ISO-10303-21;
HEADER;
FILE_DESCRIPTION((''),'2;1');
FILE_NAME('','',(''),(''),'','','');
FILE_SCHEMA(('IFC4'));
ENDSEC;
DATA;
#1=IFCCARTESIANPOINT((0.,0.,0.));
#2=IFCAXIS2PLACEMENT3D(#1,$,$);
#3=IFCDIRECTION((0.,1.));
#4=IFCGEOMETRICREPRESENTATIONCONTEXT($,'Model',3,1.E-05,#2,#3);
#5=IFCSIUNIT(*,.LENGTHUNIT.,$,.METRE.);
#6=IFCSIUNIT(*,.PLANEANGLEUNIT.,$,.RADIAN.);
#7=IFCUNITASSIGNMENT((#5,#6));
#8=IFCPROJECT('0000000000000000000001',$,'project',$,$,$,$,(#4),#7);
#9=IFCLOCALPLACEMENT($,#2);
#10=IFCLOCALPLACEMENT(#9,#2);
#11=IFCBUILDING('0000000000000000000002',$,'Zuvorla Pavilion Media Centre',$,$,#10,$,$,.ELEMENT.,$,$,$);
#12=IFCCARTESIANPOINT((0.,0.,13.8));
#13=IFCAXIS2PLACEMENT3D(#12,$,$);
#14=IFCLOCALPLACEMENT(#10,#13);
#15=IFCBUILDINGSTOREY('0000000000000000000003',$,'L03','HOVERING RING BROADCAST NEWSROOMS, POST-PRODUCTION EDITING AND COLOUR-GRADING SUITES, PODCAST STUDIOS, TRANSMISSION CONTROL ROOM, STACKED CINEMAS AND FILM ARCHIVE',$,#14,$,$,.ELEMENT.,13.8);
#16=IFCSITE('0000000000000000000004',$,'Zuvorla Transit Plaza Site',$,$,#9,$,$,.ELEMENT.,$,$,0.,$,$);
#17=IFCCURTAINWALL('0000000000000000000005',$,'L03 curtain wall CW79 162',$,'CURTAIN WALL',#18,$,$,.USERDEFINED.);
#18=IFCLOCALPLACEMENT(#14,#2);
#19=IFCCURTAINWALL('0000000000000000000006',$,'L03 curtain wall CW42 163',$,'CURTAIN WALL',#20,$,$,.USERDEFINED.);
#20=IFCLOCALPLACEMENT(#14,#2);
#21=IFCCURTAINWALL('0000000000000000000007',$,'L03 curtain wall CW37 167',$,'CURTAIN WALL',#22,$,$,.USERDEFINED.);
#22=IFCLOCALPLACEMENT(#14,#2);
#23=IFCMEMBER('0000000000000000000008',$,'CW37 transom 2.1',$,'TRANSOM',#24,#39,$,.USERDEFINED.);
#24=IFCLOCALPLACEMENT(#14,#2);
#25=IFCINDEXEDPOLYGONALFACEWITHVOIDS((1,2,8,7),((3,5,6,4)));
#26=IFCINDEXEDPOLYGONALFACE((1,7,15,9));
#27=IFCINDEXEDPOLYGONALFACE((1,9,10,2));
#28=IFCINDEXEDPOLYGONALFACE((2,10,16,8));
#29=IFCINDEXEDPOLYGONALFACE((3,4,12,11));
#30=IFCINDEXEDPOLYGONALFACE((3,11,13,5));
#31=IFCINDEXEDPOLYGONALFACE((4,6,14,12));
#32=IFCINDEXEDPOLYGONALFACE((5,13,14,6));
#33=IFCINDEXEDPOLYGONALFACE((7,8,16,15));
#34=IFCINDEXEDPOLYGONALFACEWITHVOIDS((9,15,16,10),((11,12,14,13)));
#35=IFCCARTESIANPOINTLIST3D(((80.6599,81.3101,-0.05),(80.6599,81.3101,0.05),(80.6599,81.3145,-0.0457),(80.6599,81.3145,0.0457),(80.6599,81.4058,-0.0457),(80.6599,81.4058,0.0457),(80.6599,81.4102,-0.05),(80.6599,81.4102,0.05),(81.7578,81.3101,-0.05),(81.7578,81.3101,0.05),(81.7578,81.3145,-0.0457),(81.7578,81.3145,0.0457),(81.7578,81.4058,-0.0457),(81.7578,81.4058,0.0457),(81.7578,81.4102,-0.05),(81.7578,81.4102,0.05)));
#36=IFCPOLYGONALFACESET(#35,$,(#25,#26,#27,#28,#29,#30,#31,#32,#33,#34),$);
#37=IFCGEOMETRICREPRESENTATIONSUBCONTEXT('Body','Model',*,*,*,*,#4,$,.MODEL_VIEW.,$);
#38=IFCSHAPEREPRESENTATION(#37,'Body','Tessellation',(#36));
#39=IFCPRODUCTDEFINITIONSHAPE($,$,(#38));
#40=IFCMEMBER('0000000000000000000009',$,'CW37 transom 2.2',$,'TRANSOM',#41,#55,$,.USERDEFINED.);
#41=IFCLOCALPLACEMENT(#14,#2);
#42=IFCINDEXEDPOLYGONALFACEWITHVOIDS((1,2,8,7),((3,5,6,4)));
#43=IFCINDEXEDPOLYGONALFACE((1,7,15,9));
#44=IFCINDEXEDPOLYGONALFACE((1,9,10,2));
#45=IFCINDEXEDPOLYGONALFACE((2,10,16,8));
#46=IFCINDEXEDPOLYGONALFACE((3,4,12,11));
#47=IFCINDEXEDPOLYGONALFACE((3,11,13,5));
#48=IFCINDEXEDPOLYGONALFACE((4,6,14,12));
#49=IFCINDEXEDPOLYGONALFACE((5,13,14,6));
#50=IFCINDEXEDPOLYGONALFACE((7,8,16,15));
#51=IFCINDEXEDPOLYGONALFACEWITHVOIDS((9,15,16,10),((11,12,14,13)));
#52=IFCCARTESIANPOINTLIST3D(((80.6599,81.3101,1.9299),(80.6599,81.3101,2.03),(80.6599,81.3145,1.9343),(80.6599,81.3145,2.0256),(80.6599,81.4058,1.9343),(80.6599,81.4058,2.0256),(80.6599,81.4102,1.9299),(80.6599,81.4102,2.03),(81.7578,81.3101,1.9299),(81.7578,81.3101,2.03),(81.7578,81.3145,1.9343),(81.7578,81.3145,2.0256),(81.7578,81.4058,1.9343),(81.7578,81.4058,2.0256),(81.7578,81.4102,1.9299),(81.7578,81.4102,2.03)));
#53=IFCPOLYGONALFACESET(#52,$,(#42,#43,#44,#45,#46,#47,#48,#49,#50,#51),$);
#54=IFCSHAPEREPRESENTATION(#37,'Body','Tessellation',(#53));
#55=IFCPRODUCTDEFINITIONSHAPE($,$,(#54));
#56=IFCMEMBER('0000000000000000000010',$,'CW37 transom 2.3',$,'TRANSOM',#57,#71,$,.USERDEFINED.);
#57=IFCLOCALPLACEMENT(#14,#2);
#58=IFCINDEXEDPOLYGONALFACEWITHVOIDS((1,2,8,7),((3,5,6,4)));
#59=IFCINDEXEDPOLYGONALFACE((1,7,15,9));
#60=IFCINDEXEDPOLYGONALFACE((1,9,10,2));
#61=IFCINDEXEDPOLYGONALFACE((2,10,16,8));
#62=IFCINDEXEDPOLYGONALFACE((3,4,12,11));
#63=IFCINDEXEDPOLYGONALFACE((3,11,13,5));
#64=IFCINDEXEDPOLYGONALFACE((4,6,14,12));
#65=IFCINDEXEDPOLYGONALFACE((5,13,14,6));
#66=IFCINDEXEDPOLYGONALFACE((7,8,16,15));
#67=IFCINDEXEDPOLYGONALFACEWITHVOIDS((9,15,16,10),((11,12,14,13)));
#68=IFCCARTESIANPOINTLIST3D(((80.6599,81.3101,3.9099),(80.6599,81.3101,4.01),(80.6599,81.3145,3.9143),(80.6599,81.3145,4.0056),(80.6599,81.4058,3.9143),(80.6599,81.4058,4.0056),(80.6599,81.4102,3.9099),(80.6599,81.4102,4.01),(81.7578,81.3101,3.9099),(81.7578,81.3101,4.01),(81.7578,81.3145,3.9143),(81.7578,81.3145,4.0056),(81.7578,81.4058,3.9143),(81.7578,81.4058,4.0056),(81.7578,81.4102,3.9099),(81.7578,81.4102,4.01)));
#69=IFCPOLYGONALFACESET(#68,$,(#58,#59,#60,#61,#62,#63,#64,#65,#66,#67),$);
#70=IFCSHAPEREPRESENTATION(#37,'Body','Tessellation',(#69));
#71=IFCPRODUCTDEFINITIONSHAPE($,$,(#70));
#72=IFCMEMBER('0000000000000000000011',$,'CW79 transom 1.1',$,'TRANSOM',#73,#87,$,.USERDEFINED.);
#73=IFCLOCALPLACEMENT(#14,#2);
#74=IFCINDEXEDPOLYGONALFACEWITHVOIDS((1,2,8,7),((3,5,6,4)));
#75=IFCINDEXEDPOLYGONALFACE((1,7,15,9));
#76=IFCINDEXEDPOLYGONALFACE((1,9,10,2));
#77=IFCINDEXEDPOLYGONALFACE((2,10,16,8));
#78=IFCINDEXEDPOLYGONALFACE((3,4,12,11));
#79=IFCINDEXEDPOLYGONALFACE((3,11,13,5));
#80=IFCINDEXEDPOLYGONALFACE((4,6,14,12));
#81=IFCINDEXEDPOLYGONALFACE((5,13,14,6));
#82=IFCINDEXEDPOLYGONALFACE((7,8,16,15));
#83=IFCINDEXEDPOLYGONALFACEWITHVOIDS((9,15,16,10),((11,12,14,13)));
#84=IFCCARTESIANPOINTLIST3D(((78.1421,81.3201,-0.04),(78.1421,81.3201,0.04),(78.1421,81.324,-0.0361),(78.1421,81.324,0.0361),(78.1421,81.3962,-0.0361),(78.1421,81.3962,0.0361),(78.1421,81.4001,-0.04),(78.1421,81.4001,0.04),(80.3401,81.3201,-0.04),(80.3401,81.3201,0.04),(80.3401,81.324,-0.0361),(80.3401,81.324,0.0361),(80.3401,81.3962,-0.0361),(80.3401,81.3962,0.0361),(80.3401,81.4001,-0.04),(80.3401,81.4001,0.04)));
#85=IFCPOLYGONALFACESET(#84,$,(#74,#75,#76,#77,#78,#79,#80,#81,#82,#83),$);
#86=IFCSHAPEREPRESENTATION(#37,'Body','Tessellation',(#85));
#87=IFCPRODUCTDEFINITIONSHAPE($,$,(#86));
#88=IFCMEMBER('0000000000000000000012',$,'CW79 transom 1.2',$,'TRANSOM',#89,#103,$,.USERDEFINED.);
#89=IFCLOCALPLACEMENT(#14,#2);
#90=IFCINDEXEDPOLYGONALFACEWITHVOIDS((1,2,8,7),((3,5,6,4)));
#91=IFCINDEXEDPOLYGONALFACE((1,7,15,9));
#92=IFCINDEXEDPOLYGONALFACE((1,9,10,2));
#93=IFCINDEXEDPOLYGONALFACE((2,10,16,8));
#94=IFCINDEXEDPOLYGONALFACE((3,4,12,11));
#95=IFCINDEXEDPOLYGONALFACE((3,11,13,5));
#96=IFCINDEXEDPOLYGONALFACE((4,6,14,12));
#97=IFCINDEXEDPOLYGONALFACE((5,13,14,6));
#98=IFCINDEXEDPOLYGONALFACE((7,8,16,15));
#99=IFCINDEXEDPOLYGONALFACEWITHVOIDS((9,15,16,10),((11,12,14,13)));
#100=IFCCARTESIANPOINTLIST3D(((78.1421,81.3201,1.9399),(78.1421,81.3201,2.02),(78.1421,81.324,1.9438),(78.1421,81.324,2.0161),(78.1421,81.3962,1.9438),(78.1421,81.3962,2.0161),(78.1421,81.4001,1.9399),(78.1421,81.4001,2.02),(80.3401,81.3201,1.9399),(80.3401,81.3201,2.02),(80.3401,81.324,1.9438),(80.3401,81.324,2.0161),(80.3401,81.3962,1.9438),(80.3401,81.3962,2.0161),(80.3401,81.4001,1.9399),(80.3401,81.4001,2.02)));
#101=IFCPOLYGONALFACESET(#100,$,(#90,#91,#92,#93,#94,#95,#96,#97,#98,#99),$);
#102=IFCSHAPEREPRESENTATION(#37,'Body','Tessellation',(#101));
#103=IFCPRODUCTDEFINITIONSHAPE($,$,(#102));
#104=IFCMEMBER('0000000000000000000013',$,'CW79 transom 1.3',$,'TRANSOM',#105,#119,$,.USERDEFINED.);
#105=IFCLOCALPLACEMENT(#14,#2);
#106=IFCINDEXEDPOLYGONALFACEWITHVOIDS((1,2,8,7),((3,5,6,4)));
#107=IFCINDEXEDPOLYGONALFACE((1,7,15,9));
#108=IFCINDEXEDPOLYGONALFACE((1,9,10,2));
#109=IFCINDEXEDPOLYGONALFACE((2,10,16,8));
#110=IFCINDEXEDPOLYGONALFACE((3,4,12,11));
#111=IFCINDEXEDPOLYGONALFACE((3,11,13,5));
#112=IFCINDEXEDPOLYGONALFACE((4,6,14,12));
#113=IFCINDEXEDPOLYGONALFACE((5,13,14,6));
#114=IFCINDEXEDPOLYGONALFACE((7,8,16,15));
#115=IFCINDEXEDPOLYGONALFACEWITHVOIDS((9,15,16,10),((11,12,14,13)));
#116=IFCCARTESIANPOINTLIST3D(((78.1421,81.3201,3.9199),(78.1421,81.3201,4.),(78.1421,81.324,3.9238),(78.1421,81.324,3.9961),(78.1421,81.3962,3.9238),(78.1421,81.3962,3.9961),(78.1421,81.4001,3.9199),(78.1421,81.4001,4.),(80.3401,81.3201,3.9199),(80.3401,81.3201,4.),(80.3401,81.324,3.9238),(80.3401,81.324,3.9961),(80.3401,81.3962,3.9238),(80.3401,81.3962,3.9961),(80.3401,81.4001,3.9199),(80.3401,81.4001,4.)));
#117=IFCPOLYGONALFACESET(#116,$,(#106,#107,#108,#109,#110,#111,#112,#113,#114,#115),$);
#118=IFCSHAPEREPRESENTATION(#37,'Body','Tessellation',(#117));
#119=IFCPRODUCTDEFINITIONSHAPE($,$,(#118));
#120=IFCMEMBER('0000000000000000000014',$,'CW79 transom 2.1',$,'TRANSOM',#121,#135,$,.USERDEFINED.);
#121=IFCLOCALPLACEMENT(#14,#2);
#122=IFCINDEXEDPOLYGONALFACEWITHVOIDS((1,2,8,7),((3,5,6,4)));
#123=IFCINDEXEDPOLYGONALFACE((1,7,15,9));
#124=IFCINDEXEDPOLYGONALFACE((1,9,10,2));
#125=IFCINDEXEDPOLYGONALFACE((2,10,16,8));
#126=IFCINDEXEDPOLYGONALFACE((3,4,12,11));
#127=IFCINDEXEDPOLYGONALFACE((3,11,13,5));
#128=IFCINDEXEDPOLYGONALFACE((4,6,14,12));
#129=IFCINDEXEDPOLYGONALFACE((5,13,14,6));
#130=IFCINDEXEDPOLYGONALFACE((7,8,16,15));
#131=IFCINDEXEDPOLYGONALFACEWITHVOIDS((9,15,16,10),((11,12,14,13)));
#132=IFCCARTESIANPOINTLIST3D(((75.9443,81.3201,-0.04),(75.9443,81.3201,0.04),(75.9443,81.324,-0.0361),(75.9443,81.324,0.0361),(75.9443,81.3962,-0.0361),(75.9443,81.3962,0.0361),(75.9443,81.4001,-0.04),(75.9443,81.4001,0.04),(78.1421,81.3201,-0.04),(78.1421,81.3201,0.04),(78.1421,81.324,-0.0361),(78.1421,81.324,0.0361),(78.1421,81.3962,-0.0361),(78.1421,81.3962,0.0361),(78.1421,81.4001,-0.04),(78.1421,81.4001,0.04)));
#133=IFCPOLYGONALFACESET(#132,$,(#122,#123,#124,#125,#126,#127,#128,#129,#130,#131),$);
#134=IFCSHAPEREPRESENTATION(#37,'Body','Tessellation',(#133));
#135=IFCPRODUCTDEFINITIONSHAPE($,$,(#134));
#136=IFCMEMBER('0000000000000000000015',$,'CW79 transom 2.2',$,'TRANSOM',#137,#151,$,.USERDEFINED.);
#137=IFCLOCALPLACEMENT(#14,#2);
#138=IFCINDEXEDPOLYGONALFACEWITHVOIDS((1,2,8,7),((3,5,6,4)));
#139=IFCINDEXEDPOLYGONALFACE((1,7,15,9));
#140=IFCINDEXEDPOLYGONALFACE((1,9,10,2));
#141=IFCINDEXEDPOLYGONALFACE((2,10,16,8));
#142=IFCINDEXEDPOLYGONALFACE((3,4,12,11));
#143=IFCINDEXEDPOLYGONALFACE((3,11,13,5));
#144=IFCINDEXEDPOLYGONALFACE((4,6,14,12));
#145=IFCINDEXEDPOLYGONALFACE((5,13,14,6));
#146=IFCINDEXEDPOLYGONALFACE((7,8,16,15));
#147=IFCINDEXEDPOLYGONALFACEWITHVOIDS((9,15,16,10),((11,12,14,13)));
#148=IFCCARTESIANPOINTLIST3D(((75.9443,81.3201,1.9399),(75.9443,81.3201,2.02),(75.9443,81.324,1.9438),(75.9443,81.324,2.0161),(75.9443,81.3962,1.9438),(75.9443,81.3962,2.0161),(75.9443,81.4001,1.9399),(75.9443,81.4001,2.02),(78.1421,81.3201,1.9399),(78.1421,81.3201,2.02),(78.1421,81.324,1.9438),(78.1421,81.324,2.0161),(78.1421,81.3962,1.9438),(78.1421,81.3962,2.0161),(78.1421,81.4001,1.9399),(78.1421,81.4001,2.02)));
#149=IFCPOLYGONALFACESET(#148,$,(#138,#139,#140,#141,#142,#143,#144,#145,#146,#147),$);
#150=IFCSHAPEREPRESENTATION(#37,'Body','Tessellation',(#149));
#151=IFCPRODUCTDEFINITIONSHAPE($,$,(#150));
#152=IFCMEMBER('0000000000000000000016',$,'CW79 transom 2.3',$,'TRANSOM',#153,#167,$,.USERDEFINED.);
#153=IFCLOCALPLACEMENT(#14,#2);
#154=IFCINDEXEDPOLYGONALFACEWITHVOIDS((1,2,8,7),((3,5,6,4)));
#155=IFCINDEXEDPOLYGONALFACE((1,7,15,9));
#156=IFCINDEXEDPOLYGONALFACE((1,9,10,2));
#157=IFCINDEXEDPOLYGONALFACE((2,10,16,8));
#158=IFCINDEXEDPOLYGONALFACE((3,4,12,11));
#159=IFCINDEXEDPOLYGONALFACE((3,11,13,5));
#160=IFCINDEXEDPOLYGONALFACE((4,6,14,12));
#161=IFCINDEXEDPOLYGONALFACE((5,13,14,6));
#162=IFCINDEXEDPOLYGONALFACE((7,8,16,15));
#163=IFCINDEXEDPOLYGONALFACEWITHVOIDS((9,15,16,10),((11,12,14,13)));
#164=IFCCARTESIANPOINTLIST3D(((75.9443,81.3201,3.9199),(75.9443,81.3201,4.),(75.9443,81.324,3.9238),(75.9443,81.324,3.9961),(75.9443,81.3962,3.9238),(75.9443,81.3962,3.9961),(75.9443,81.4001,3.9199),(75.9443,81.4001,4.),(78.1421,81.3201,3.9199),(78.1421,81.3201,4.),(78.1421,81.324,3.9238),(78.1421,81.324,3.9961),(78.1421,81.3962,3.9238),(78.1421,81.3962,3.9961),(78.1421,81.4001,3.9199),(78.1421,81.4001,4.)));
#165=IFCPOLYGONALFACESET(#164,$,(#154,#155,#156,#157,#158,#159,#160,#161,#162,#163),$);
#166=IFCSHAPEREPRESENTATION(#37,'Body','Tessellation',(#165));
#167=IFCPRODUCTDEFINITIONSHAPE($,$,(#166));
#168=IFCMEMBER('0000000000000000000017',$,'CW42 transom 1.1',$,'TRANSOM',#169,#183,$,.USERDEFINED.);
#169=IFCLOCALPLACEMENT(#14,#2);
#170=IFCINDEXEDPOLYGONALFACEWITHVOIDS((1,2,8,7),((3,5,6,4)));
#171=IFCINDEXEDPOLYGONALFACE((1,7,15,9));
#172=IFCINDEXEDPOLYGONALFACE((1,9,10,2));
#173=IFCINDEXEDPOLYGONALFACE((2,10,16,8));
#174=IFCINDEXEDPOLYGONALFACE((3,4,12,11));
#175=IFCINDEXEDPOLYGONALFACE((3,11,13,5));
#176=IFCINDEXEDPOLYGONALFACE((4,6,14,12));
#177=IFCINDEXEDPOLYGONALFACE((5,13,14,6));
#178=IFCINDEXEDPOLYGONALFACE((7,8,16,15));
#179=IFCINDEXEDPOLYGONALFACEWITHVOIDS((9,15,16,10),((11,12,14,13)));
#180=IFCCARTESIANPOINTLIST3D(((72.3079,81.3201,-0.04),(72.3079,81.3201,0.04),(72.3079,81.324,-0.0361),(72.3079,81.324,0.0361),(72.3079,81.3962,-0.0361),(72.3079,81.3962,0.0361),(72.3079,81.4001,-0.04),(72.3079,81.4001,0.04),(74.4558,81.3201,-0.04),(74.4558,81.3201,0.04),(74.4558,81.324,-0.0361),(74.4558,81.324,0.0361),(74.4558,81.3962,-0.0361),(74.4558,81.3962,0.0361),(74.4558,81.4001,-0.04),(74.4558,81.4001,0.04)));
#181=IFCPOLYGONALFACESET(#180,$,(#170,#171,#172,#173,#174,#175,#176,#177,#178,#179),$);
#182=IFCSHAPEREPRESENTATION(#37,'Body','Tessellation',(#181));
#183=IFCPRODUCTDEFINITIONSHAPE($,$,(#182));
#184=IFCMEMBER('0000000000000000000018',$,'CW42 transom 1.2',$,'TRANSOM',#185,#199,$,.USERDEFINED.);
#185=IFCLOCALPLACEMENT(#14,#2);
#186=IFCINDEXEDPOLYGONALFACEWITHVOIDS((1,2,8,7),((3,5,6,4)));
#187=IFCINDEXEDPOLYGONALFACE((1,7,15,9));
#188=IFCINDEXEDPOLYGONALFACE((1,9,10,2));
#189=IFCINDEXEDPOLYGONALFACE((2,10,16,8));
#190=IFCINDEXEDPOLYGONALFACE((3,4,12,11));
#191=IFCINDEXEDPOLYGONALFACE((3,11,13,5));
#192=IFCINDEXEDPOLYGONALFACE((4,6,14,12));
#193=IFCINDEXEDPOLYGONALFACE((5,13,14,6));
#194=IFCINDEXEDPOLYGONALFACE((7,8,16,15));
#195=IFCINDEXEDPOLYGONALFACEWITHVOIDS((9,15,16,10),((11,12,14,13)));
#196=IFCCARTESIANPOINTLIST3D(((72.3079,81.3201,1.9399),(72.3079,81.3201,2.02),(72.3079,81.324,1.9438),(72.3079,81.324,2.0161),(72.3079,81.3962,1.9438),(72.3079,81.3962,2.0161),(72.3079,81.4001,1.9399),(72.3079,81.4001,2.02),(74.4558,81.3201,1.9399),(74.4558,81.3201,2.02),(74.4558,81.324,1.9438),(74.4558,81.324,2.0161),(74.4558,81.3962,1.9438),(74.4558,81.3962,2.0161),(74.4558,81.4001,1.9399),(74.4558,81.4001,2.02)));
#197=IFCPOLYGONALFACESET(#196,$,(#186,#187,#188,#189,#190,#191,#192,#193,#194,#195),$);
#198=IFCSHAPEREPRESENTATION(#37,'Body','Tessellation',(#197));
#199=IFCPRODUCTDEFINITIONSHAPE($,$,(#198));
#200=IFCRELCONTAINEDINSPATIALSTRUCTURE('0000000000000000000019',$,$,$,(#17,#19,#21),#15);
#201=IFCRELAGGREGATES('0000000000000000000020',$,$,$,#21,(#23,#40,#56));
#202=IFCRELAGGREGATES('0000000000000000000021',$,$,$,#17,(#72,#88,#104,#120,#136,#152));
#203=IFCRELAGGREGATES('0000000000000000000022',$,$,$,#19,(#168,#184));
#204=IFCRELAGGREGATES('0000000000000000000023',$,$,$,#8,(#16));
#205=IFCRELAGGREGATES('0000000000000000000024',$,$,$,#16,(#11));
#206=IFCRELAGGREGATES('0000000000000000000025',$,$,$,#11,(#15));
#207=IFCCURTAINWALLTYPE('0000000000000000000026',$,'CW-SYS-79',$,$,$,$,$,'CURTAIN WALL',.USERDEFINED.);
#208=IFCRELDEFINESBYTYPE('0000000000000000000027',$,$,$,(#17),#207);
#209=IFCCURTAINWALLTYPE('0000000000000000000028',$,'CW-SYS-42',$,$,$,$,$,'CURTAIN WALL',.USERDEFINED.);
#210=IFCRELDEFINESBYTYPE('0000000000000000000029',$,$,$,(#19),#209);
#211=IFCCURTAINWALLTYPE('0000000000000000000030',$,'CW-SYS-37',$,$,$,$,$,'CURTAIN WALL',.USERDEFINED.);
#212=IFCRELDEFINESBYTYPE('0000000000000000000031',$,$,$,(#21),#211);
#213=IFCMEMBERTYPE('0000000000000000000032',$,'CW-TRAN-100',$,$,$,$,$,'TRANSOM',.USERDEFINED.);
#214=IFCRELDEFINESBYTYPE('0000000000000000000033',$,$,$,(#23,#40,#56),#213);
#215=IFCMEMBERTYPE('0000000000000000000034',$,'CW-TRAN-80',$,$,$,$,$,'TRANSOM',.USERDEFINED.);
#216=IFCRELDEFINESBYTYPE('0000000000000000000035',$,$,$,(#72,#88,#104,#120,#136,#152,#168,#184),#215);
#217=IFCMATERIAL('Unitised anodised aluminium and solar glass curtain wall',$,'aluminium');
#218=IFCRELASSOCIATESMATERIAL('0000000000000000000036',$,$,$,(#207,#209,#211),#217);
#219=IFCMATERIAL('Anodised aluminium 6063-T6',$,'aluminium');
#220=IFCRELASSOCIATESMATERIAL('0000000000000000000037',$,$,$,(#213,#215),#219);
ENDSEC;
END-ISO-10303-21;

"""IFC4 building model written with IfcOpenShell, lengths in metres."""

from ifc_helpers import new_model, si_unit, direction, frame, origin, origin_2d, place, context, subcontext, project, spatial, hollow_rectangle, extrude, material, material_profile, profile_set, type_object, element, aggregate, save


model = new_model("IFC4")

# Units and contexts
model_context = context("Model", 3, precision=1e-05, world=origin(), true_north=direction((0.0, 1.0)))
body_context = subcontext(model_context, "Body", "Model", "MODEL_VIEW")
ifc_project = project(units=[si_unit("LENGTHUNIT", "METRE"), si_unit("PLANEANGLEUNIT", "RADIAN")], contexts=[model_context])

# Site, building, storey
site_placement = place(None, origin())
site = spatial("IfcSite", under=ifc_project, at=site_placement, Name="Zuvorla Transit Plaza Site", CompositionType="ELEMENT", RefElevation=0.0)
building_placement = place(site_placement, origin())
building = spatial("IfcBuilding", under=site, at=building_placement, Name="Zuvorla Pavilion Media Centre", CompositionType="ELEMENT")
storey_placement = place(building_placement, frame((0.0, 0.0, 13.8)))
storey = spatial("IfcBuildingStorey", under=building, at=storey_placement, Name="L03", Description="HOVERING RING BROADCAST NEWSROOMS, POST-PRODUCTION EDITING AND COLOUR-GRADING SUITES, PODCAST STUDIOS, TRANSMISSION CONTROL ROOM, STACKED CINEMAS AND FILM ARCHIVE", CompositionType="ELEMENT", Elevation=13.8)

# Curtain walls
ifc_material_1 = material(Name="Unitised anodised aluminium and solar glass curtain wall", Category="aluminium")
curtain_wall_type_1 = type_object("IfcCurtainWallType", Name="CW-SYS-79", ElementType="CURTAIN WALL", PredefinedType="USERDEFINED", material=ifc_material_1)
curtain_wall_1_placement = place(storey_placement, origin())
curtain_wall_1 = element("IfcCurtainWall", 1, at=curtain_wall_1_placement, inside=storey, type_object=curtain_wall_type_1, Name="L03 curtain wall CW79 162", ObjectType="CURTAIN WALL", PredefinedType="USERDEFINED")
ifc_material_2 = material(Name="Anodised aluminium 6063-T6", Category="aluminium")
curtain_wall_type_2 = type_object("IfcCurtainWallType", Name="CW-SYS-42", ElementType="CURTAIN WALL", PredefinedType="USERDEFINED", material=ifc_material_1)
curtain_wall_2_placement = place(storey_placement, origin())
curtain_wall_2 = element("IfcCurtainWall", 2, at=curtain_wall_2_placement, inside=storey, type_object=curtain_wall_type_2, Name="L03 curtain wall CW42 163", ObjectType="CURTAIN WALL", PredefinedType="USERDEFINED")
curtain_wall_type_3 = type_object("IfcCurtainWallType", Name="CW-SYS-37", ElementType="CURTAIN WALL", PredefinedType="USERDEFINED", material=ifc_material_1)
curtain_wall_3_placement = place(storey_placement, origin())
curtain_wall_3 = element("IfcCurtainWall", 3, at=curtain_wall_3_placement, inside=storey, type_object=curtain_wall_type_3, Name="L03 curtain wall CW37 167", ObjectType="CURTAIN WALL", PredefinedType="USERDEFINED")
ifc_material_profile_1 = material_profile(ifc_material_2, hollow_rectangle(XDim=0.1001, YDim=0.1001, WallThickness=0.0044, at=origin_2d()), Name="ALU TRAN 100x100")
ifc_profile_set_1 = profile_set([ifc_material_profile_1], Name="Anodised aluminium 6063-T6")
member_type_1 = type_object("IfcMemberType", Name="CW-TRAN-100", ElementType="TRANSOM", PredefinedType="USERDEFINED", material=ifc_profile_set_1)

# Members
member_1_placement = place(storey_placement, frame((81.7578, 81.3601, 0.0), z_axis=(-1.0, 0.0, 0.0), x_axis=(0.0, -1.0, 0.0)))
member_1 = element("IfcMember", 4, at=member_1_placement, type_object=member_type_1, Name="CW37 transom 2.1", ObjectType="TRANSOM", PredefinedType="USERDEFINED", context=body_context, shape_type="SweptSolid", body=[
    extrude(hollow_rectangle(XDim=0.1001, YDim=0.1001, WallThickness=0.0044, at=origin_2d()), origin(), (0.0, 0.0, 1.0), 1.0979),
])
member_2_placement = place(storey_placement, frame((81.7578, 81.3601, 1.98), z_axis=(-1.0, 0.0, 0.0), x_axis=(0.0, -1.0, 0.0)))
member_2 = element("IfcMember", 5, at=member_2_placement, type_object=member_type_1, Name="CW37 transom 2.2", ObjectType="TRANSOM", PredefinedType="USERDEFINED", context=body_context, shape_type="SweptSolid", body=[
    extrude(hollow_rectangle(XDim=0.1001, YDim=0.1001, WallThickness=0.0044, at=origin_2d()), origin(), (0.0, 0.0, 1.0), 1.0979),
])
member_3_placement = place(storey_placement, frame((81.7578, 81.3601, 3.96), z_axis=(-1.0, 0.0, 0.0), x_axis=(0.0, -1.0, 0.0)))
member_3 = element("IfcMember", 6, at=member_3_placement, type_object=member_type_1, Name="CW37 transom 2.3", ObjectType="TRANSOM", PredefinedType="USERDEFINED", context=body_context, shape_type="SweptSolid", body=[
    extrude(hollow_rectangle(XDim=0.1001, YDim=0.1001, WallThickness=0.0044, at=origin_2d()), origin(), (0.0, 0.0, 1.0), 1.0979),
])
ifc_material_profile_2 = material_profile(ifc_material_2, hollow_rectangle(XDim=0.0801, YDim=0.0801, WallThickness=0.0039, at=origin_2d()), Name="ALU TRAN 80x80")
ifc_profile_set_2 = profile_set([ifc_material_profile_2], Name="Anodised aluminium 6063-T6")
member_type_2 = type_object("IfcMemberType", Name="CW-TRAN-80", ElementType="TRANSOM", PredefinedType="USERDEFINED", material=ifc_profile_set_2)
member_4_placement = place(storey_placement, frame((80.3401, 81.3601, 0.0), z_axis=(-1.0, 0.0, 0.0), x_axis=(0.0, -1.0, 0.0)))
member_4 = element("IfcMember", 7, at=member_4_placement, type_object=member_type_2, Name="CW79 transom 1.1", ObjectType="TRANSOM", PredefinedType="USERDEFINED", context=body_context, shape_type="SweptSolid", body=[
    extrude(hollow_rectangle(XDim=0.0801, YDim=0.0801, WallThickness=0.0039, at=origin_2d()), origin(), (0.0, 0.0, 1.0), 2.198),
])
member_5_placement = place(storey_placement, frame((80.3401, 81.3601, 1.98), z_axis=(-1.0, 0.0, 0.0), x_axis=(0.0, -1.0, 0.0)))
member_5 = element("IfcMember", 8, at=member_5_placement, type_object=member_type_2, Name="CW79 transom 1.2", ObjectType="TRANSOM", PredefinedType="USERDEFINED", context=body_context, shape_type="SweptSolid", body=[
    extrude(hollow_rectangle(XDim=0.0801, YDim=0.0801, WallThickness=0.0039, at=origin_2d()), origin(), (0.0, 0.0, 1.0), 2.198),
])
member_6_placement = place(storey_placement, frame((80.3401, 81.3601, 3.96), z_axis=(-1.0, 0.0, 0.0), x_axis=(0.0, -1.0, 0.0)))
member_6 = element("IfcMember", 9, at=member_6_placement, type_object=member_type_2, Name="CW79 transom 1.3", ObjectType="TRANSOM", PredefinedType="USERDEFINED", context=body_context, shape_type="SweptSolid", body=[
    extrude(hollow_rectangle(XDim=0.0801, YDim=0.0801, WallThickness=0.0039, at=origin_2d()), origin(), (0.0, 0.0, 1.0), 2.198),
])
member_7_placement = place(storey_placement, frame((78.1421, 81.3601, 0.0), z_axis=(-1.0, 0.0, 0.0), x_axis=(0.0, -1.0, 0.0)))
member_7 = element("IfcMember", 10, at=member_7_placement, type_object=member_type_2, Name="CW79 transom 2.1", ObjectType="TRANSOM", PredefinedType="USERDEFINED", context=body_context, shape_type="SweptSolid", body=[
    extrude(hollow_rectangle(XDim=0.0801, YDim=0.0801, WallThickness=0.0039, at=origin_2d()), origin(), (0.0, 0.0, 1.0), 2.1978),
])
member_8_placement = place(storey_placement, frame((78.1421, 81.3601, 1.98), z_axis=(-1.0, 0.0, 0.0), x_axis=(0.0, -1.0, 0.0)))
member_8 = element("IfcMember", 11, at=member_8_placement, type_object=member_type_2, Name="CW79 transom 2.2", ObjectType="TRANSOM", PredefinedType="USERDEFINED", context=body_context, shape_type="SweptSolid", body=[
    extrude(hollow_rectangle(XDim=0.0801, YDim=0.0801, WallThickness=0.0039, at=origin_2d()), origin(), (0.0, 0.0, 1.0), 2.1978),
])
member_9_placement = place(storey_placement, frame((78.1421, 81.3601, 3.96), z_axis=(-1.0, 0.0, 0.0), x_axis=(0.0, -1.0, 0.0)))
member_9 = element("IfcMember", 12, at=member_9_placement, type_object=member_type_2, Name="CW79 transom 2.3", ObjectType="TRANSOM", PredefinedType="USERDEFINED", context=body_context, shape_type="SweptSolid", body=[
    extrude(hollow_rectangle(XDim=0.0801, YDim=0.0801, WallThickness=0.0039, at=origin_2d()), origin(), (0.0, 0.0, 1.0), 2.1978),
])
member_10_placement = place(storey_placement, frame((74.4558, 81.3601, 0.0), z_axis=(-1.0, 0.0, 0.0), x_axis=(0.0, -1.0, 0.0)))
member_10 = element("IfcMember", 13, at=member_10_placement, type_object=member_type_2, Name="CW42 transom 1.1", ObjectType="TRANSOM", PredefinedType="USERDEFINED", context=body_context, shape_type="SweptSolid", body=[
    extrude(hollow_rectangle(XDim=0.0801, YDim=0.0801, WallThickness=0.0039, at=origin_2d()), origin(), (0.0, 0.0, 1.0), 2.1479),
])
member_11_placement = place(storey_placement, frame((74.4558, 81.3601, 1.98), z_axis=(-1.0, 0.0, 0.0), x_axis=(0.0, -1.0, 0.0)))
member_11 = element("IfcMember", 14, at=member_11_placement, type_object=member_type_2, Name="CW42 transom 1.2", ObjectType="TRANSOM", PredefinedType="USERDEFINED", context=body_context, shape_type="SweptSolid", body=[
    extrude(hollow_rectangle(XDim=0.0801, YDim=0.0801, WallThickness=0.0039, at=origin_2d()), origin(), (0.0, 0.0, 1.0), 2.1479),
])

aggregate(curtain_wall_3, [member_1, member_2, member_3])
aggregate(curtain_wall_1, [member_4, member_5, member_6, member_7, member_8, member_9])
aggregate(curtain_wall_2, [member_10, member_11])

save(model, "model.ifc")
